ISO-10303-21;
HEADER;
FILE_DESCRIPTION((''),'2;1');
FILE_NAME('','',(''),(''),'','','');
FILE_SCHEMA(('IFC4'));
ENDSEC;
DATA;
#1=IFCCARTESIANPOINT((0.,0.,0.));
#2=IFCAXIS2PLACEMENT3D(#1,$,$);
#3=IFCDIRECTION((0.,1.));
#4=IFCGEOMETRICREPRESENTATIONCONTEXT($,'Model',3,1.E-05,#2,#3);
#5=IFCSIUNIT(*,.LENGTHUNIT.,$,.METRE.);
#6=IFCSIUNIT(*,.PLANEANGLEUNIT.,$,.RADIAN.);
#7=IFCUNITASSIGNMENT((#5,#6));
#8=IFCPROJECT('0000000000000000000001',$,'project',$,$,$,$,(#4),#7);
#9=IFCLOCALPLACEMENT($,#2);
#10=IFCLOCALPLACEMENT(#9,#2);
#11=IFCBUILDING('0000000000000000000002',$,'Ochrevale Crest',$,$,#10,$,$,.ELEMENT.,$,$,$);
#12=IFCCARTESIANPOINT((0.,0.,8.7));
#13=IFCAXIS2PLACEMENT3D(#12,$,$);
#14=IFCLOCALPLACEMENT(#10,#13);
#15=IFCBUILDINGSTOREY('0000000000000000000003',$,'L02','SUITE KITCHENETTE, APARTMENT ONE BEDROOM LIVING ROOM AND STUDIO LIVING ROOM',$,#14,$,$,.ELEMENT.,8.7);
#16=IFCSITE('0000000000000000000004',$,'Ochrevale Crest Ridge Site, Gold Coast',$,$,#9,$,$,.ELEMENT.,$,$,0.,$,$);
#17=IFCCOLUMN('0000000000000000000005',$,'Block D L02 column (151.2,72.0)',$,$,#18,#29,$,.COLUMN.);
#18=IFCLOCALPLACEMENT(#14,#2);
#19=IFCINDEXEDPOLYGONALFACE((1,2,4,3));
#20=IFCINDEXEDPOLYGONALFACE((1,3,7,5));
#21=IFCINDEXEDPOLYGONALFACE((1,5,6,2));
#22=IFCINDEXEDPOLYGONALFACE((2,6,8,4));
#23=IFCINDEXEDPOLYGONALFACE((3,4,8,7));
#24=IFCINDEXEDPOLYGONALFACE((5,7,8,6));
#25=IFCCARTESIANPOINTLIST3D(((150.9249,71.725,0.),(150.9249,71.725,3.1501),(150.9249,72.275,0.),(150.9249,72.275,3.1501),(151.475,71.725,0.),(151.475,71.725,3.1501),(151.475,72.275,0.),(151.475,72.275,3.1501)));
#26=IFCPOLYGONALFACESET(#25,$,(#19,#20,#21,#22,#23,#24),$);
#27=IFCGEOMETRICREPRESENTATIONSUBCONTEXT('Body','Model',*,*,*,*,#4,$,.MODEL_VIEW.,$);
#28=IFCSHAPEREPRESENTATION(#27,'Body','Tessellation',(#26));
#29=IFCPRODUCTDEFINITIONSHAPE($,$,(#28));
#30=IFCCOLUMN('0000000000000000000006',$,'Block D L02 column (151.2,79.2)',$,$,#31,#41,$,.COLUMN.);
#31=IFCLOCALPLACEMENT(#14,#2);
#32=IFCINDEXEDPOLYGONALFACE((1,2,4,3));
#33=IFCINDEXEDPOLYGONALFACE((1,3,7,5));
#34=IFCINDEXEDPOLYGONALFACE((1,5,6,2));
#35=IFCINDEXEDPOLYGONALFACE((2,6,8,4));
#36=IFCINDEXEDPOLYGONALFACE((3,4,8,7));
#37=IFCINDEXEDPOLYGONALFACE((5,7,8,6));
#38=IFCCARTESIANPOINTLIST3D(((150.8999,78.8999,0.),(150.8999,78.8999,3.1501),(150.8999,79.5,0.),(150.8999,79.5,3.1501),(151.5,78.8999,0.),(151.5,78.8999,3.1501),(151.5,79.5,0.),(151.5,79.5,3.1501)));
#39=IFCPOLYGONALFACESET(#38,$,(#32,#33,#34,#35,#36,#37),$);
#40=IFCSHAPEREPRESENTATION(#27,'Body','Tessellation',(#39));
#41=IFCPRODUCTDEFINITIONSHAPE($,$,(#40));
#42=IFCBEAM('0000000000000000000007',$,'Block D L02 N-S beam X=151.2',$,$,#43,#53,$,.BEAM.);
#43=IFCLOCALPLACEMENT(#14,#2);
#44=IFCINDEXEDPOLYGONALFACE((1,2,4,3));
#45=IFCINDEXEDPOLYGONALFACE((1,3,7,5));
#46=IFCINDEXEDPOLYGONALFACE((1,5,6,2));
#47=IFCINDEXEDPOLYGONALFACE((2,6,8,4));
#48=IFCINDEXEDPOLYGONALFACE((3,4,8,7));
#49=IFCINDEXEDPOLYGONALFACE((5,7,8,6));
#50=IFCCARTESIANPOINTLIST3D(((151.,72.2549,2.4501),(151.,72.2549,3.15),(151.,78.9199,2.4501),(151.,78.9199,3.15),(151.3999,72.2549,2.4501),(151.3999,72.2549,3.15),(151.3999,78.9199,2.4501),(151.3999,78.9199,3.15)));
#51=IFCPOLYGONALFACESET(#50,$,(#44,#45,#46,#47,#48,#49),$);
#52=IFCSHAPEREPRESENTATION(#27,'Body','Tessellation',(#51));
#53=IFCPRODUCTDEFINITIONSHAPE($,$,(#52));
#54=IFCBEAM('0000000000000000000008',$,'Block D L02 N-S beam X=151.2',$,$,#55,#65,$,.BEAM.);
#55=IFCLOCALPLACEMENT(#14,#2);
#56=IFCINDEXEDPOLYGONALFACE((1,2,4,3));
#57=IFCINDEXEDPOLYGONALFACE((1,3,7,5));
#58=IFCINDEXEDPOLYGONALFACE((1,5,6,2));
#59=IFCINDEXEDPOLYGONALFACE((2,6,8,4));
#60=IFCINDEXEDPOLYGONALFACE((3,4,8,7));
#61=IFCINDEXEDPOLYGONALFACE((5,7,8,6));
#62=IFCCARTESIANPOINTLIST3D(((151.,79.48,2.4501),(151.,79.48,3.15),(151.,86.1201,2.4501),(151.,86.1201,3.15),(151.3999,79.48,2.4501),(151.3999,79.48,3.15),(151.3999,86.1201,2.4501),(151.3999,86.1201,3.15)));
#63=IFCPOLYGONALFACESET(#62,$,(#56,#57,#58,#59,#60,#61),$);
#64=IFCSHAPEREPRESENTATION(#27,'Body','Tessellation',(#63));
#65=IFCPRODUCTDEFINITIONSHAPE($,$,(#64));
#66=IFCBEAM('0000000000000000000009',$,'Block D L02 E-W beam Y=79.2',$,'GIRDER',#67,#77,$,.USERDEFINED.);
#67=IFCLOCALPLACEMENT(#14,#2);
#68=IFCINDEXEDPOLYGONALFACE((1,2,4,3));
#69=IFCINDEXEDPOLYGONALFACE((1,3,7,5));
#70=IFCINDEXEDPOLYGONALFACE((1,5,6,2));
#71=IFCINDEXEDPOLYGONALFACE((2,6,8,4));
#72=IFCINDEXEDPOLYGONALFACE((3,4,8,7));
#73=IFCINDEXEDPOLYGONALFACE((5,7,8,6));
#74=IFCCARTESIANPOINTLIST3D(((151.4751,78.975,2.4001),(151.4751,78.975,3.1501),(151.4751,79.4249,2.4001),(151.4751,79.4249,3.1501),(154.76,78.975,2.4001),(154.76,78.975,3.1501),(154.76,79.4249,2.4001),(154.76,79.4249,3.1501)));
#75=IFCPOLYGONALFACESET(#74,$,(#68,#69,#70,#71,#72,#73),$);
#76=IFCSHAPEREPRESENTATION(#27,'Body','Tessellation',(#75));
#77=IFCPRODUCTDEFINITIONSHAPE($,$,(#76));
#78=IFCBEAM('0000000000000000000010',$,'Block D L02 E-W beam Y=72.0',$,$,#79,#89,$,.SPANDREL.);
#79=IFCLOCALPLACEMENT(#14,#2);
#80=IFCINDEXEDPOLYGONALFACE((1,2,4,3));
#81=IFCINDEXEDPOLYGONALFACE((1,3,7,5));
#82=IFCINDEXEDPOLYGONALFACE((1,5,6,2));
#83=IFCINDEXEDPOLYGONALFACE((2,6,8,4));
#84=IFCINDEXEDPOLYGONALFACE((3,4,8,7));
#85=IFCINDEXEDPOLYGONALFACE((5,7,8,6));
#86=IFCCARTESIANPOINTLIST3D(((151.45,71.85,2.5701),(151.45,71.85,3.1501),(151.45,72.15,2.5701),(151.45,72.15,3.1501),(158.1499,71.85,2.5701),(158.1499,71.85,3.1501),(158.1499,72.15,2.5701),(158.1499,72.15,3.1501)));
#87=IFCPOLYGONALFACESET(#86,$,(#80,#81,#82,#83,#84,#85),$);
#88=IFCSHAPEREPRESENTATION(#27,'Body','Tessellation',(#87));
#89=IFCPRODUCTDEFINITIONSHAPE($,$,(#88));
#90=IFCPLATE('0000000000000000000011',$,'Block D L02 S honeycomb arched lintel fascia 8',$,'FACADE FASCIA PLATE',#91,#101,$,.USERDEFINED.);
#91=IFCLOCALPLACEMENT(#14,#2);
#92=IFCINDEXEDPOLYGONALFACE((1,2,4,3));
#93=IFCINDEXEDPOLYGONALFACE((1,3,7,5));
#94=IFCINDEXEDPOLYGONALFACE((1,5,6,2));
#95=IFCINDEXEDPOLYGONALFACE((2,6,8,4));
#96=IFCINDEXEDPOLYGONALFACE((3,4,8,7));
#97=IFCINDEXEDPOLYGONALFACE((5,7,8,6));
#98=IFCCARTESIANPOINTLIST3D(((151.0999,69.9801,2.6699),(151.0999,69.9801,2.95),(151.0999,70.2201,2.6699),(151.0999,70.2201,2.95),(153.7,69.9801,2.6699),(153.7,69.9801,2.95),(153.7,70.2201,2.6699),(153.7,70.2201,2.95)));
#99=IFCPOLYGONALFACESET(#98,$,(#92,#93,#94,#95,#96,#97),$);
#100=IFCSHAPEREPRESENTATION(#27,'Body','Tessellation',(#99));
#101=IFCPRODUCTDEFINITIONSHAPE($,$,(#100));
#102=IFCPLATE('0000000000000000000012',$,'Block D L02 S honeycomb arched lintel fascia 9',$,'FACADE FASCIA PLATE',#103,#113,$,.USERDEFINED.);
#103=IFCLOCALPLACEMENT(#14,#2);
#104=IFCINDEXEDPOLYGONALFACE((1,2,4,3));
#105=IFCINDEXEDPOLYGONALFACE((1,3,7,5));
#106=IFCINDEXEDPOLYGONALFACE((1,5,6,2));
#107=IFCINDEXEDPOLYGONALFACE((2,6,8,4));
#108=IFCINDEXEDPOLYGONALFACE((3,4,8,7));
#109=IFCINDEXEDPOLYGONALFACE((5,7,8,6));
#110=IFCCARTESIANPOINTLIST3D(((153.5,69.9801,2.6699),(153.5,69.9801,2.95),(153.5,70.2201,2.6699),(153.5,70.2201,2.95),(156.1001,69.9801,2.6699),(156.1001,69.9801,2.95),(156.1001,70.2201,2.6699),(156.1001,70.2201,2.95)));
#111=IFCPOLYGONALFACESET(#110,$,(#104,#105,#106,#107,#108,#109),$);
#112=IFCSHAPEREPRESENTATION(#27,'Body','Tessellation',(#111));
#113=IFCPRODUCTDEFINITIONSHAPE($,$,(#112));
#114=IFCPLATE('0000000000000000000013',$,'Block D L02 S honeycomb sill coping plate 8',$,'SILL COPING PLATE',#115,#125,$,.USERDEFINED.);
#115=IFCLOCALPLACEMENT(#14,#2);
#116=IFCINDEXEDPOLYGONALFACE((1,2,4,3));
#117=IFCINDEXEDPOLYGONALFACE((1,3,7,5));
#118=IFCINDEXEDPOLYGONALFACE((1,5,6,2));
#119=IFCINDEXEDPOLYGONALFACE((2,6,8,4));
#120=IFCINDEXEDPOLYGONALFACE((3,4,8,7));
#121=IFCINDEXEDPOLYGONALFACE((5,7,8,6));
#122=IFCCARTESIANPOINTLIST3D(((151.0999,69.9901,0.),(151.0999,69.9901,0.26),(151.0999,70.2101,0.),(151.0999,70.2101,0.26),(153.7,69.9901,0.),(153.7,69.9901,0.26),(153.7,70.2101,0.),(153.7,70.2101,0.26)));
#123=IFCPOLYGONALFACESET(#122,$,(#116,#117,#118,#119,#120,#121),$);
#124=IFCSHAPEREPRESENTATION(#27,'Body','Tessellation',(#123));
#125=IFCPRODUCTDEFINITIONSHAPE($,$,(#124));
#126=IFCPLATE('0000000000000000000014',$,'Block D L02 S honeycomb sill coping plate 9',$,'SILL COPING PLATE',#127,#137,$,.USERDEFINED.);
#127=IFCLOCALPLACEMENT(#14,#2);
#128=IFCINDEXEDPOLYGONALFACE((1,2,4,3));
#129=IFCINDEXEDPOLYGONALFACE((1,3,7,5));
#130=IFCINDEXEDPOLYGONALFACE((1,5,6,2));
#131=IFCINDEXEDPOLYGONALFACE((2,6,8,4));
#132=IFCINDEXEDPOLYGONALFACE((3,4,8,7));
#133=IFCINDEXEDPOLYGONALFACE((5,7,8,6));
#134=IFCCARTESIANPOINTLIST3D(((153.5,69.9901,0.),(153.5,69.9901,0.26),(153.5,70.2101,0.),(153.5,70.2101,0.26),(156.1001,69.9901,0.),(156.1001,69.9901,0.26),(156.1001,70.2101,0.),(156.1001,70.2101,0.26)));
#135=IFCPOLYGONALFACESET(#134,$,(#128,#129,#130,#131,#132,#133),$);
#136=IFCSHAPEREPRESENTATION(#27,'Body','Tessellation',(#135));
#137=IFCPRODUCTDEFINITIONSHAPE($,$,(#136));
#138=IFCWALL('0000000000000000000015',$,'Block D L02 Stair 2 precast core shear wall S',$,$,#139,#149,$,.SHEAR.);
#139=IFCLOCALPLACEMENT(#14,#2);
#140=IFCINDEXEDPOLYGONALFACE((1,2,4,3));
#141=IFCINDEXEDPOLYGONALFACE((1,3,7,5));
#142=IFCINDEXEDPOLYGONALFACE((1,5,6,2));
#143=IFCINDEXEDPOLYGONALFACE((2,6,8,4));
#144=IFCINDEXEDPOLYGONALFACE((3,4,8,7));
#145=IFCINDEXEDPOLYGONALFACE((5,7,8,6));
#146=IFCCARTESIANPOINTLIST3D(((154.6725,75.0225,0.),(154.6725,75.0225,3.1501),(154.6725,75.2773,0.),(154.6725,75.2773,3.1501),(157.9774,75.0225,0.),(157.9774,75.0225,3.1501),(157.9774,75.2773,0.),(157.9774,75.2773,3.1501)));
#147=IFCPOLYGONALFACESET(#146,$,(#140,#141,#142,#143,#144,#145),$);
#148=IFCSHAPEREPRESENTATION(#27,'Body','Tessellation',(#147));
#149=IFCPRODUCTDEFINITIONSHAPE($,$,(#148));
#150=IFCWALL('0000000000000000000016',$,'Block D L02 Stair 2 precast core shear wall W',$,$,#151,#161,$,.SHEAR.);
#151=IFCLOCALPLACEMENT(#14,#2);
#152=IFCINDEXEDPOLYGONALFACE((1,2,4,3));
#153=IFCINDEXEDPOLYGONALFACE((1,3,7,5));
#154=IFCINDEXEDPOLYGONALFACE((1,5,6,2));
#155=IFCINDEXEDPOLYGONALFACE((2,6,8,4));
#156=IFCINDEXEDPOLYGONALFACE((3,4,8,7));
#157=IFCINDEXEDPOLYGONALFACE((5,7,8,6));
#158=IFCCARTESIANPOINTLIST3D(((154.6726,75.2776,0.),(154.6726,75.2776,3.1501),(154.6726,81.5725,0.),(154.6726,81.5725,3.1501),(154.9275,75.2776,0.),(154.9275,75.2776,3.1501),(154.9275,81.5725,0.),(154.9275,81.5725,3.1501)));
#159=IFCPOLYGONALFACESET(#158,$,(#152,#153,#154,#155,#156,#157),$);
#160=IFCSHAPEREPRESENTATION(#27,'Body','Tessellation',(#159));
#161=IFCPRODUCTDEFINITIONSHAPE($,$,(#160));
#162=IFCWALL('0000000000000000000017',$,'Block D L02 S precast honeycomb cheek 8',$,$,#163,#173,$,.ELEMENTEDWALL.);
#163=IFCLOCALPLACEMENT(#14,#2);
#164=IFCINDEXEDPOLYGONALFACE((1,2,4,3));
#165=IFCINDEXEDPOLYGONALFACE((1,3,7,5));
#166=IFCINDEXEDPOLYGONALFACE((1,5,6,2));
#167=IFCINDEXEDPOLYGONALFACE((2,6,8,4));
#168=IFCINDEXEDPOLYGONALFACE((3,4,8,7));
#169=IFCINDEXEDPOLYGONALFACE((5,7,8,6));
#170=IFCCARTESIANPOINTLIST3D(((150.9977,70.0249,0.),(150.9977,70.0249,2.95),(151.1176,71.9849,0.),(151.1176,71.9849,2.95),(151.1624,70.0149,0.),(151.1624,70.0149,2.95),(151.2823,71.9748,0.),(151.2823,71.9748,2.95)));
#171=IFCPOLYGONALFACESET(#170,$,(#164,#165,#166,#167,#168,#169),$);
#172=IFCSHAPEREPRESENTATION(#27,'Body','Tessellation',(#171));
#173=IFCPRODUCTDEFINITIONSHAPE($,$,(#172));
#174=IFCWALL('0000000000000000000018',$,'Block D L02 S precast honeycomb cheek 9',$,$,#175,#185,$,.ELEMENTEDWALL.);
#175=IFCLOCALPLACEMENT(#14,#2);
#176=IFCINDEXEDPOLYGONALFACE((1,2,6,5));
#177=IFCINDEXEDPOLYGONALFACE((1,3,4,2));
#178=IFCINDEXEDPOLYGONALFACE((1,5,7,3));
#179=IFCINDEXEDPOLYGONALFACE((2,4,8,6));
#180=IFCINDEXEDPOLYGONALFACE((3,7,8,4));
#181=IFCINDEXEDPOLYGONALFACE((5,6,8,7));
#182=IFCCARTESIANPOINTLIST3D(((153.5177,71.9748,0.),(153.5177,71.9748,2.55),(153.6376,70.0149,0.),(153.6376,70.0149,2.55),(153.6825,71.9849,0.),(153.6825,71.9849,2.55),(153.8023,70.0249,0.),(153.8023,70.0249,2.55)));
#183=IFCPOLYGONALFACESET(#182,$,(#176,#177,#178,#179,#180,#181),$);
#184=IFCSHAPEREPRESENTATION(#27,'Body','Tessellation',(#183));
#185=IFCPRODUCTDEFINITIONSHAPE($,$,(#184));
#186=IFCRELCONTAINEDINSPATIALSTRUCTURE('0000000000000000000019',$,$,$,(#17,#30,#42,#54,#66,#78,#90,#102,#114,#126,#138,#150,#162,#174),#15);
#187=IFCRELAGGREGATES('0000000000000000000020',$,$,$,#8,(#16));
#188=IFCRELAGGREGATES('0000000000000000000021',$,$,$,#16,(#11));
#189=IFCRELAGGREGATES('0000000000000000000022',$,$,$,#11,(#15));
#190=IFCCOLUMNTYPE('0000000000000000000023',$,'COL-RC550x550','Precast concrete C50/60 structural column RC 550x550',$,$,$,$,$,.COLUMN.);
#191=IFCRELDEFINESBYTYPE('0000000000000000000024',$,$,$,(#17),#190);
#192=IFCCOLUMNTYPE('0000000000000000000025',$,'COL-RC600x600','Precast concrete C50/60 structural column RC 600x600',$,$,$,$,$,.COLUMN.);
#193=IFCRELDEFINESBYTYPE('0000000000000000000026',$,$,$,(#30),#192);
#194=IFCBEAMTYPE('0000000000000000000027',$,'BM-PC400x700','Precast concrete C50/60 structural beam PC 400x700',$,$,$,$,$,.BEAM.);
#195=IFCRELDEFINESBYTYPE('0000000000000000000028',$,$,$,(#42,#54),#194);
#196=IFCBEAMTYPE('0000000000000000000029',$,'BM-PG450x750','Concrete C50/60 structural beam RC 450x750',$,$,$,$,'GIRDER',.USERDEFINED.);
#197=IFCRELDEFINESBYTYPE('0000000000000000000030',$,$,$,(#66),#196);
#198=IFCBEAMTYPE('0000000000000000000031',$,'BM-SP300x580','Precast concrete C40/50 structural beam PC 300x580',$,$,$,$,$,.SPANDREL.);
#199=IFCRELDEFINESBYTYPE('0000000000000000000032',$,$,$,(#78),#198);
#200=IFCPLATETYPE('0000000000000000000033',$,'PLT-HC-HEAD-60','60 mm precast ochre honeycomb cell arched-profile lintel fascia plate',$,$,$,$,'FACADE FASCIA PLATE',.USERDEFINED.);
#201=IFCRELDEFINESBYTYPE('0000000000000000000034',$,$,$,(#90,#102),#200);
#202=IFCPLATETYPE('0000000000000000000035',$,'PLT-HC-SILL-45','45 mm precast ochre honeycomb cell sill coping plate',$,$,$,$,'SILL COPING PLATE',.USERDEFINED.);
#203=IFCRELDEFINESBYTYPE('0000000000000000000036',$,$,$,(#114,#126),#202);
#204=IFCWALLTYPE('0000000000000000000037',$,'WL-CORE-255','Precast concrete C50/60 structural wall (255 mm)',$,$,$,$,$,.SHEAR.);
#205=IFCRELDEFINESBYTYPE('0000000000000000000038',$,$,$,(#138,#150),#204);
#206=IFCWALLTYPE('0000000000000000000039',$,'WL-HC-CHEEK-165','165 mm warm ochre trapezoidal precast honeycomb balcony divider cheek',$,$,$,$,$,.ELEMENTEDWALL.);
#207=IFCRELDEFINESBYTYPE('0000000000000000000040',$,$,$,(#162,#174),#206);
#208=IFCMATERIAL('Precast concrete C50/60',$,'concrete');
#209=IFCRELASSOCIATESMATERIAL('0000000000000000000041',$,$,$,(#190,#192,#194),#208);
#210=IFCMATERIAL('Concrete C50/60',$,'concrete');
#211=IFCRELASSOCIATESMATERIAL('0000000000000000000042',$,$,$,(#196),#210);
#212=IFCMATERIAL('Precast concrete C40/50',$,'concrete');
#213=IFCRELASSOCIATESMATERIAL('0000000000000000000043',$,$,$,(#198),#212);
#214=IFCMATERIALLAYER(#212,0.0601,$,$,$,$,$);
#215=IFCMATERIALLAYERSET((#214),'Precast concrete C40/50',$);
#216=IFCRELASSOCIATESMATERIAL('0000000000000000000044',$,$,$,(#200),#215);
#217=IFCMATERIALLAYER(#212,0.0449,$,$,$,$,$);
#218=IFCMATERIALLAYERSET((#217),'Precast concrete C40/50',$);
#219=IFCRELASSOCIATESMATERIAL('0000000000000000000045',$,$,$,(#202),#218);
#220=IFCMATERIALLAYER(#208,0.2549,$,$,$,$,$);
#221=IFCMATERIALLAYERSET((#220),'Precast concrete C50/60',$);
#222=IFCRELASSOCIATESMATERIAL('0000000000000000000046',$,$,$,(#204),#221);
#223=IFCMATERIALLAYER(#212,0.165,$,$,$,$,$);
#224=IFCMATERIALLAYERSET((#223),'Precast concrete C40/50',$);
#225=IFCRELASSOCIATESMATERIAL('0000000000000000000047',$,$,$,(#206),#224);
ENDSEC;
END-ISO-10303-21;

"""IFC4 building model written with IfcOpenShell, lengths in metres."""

from ifc_helpers import new_model, si_unit, direction, frame, frame_2d, origin, origin_2d, place, context, subcontext, project, spatial, rectangle, extrude, material, layer, layer_set, material_profile, profile_set, type_object, element, save


model = new_model("IFC4")

# Units and contexts
model_context = context("Model", 3, precision=1e-05, world=origin(), true_north=direction((0.0, 1.0)))
body_context = subcontext(model_context, "Body", "Model", "MODEL_VIEW")
ifc_project = project(units=[si_unit("LENGTHUNIT", "METRE"), si_unit("PLANEANGLEUNIT", "RADIAN")], contexts=[model_context])

# Site, building, storey
site_placement = place(None, origin())
site = spatial("IfcSite", under=ifc_project, at=site_placement, Name="Ochrevale Crest Ridge Site, Gold Coast", CompositionType="ELEMENT", RefElevation=0.0)
building_placement = place(site_placement, origin())
building = spatial("IfcBuilding", under=site, at=building_placement, Name="Ochrevale Crest", CompositionType="ELEMENT")
storey_placement = place(building_placement, frame((0.0, 0.0, 8.7)))
storey = spatial("IfcBuildingStorey", under=building, at=storey_placement, Name="L02", Description="SUITE KITCHENETTE, APARTMENT ONE BEDROOM LIVING ROOM AND STUDIO LIVING ROOM", CompositionType="ELEMENT", Elevation=8.7)

# Columns
ifc_material_1 = material(Name="Precast concrete C50/60", Category="concrete")
ifc_material_profile_1 = material_profile(ifc_material_1, rectangle(XDim=0.55, YDim=0.55, at=origin_2d()), Name="RC 550x550")
ifc_profile_set_1 = profile_set([ifc_material_profile_1], Name="Precast concrete C50/60")
column_type_1 = type_object("IfcColumnType", Name="COL-RC550x550", Description="Precast concrete C50/60 structural column RC 550x550", PredefinedType="COLUMN", material=ifc_profile_set_1)
column_1_placement = place(storey_placement, frame((151.2, 72.0, 0.0), z_axis=(0.0, 0.0, 1.0), x_axis=(1.0, 0.0, 0.0)))
element("IfcColumn", 1, at=column_1_placement, inside=storey, type_object=column_type_1, Name="Block D L02 column (151.2,72.0)", PredefinedType="COLUMN", context=body_context, shape_type="SweptSolid", body=[
    extrude(rectangle(XDim=0.55, YDim=0.55, at=origin_2d()), origin(), (0.0, 0.0, 1.0), 3.1501),
])
ifc_material_profile_2 = material_profile(ifc_material_1, rectangle(XDim=0.6001, YDim=0.6001, at=origin_2d()), Name="RC 600x600")
ifc_profile_set_2 = profile_set([ifc_material_profile_2], Name="Precast concrete C50/60")
column_type_2 = type_object("IfcColumnType", Name="COL-RC600x600", Description="Precast concrete C50/60 structural column RC 600x600", PredefinedType="COLUMN", material=ifc_profile_set_2)
column_2_placement = place(storey_placement, frame((151.2, 79.2, 0.0), z_axis=(0.0, 0.0, 1.0), x_axis=(1.0, 0.0, 0.0)))
element("IfcColumn", 2, at=column_2_placement, inside=storey, type_object=column_type_2, Name="Block D L02 column (151.2,79.2)", PredefinedType="COLUMN", context=body_context, shape_type="SweptSolid", body=[
    extrude(rectangle(XDim=0.6001, YDim=0.6001, at=origin_2d()), origin(), (0.0, 0.0, 1.0), 3.1501),
])

# Beams
ifc_material_profile_3 = material_profile(ifc_material_1, rectangle(XDim=0.3999, YDim=0.7, at=origin_2d()), Name="PC 400x700")
ifc_profile_set_3 = profile_set([ifc_material_profile_3], Name="Precast concrete C50/60")
beam_type_1 = type_object("IfcBeamType", Name="BM-PC400x700", Description="Precast concrete C50/60 structural beam PC 400x700", PredefinedType="BEAM", material=ifc_profile_set_3)
beam_1_placement = place(storey_placement, frame((151.2, 72.2549, 2.8), z_axis=(0.0, 1.0, 0.0), x_axis=(-1.0, 0.0, 0.0)))
element("IfcBeam", 3, at=beam_1_placement, inside=storey, type_object=beam_type_1, Name="Block D L02 N-S beam X=151.2", PredefinedType="BEAM", context=body_context, shape_type="SweptSolid", body=[
    extrude(rectangle(XDim=0.3999, YDim=0.7, at=origin_2d()), origin(), (0.0, 0.0, 1.0), 6.665),
])
beam_2_placement = place(storey_placement, frame((151.2, 79.48, 2.8), z_axis=(0.0, 1.0, 0.0), x_axis=(-1.0, 0.0, 0.0)))
element("IfcBeam", 4, at=beam_2_placement, inside=storey, type_object=beam_type_1, Name="Block D L02 N-S beam X=151.2", PredefinedType="BEAM", context=body_context, shape_type="SweptSolid", body=[
    extrude(rectangle(XDim=0.3999, YDim=0.7, at=origin_2d()), origin(), (0.0, 0.0, 1.0), 6.6401),
])
ifc_material_2 = material(Name="Concrete C50/60", Category="concrete")
ifc_material_profile_4 = material_profile(ifc_material_2, rectangle(XDim=0.45, YDim=0.75, at=origin_2d()), Name="RC 450x750")
ifc_profile_set_4 = profile_set([ifc_material_profile_4], Name="Concrete C50/60")
beam_type_2 = type_object("IfcBeamType", Name="BM-PG450x750", Description="Concrete C50/60 structural beam RC 450x750", ElementType="GIRDER", PredefinedType="USERDEFINED", material=ifc_profile_set_4)
beam_3_placement = place(storey_placement, frame((151.4751, 79.2, 2.7751), z_axis=(1.0, 0.0, 0.0), x_axis=(0.0, 1.0, 0.0)))
element("IfcBeam", 5, at=beam_3_placement, inside=storey, type_object=beam_type_2, Name="Block D L02 E-W beam Y=79.2", ObjectType="GIRDER", PredefinedType="USERDEFINED", context=body_context, shape_type="SweptSolid", body=[
    extrude(rectangle(XDim=0.45, YDim=0.75, at=origin_2d()), origin(), (0.0, 0.0, 1.0), 3.2849),
])
ifc_material_3 = material(Name="Precast concrete C40/50", Category="concrete")
ifc_material_profile_5 = material_profile(ifc_material_3, rectangle(XDim=0.3, YDim=0.5801, at=origin_2d()), Name="PC 300x580")
ifc_profile_set_5 = profile_set([ifc_material_profile_5], Name="Precast concrete C40/50")
beam_type_3 = type_object("IfcBeamType", Name="BM-SP300x580", Description="Precast concrete C40/50 structural beam PC 300x580", PredefinedType="SPANDREL", material=ifc_profile_set_5)
beam_4_placement = place(storey_placement, frame((151.45, 72.0, 2.8601), z_axis=(1.0, 0.0, 0.0), x_axis=(0.0, 1.0, 0.0)))
element("IfcBeam", 6, at=beam_4_placement, inside=storey, type_object=beam_type_3, Name="Block D L02 E-W beam Y=72.0", PredefinedType="SPANDREL", context=body_context, shape_type="SweptSolid", body=[
    extrude(rectangle(XDim=0.3, YDim=0.5801, at=origin_2d()), origin(), (0.0, 0.0, 1.0), 6.7),
])

# Plates
ifc_layer_1 = layer(ifc_material_3, 0.0601)
ifc_layer_set_1 = layer_set([ifc_layer_1], Name="Precast concrete C40/50")
plate_type_1 = type_object("IfcPlateType", Name="PLT-HC-HEAD-60", Description="60 mm precast ochre honeycomb cell arched-profile lintel fascia plate", ElementType="FACADE FASCIA PLATE", PredefinedType="USERDEFINED", material=ifc_layer_set_1)
for number, where, z_axis, x_axis, name in (
    (7, (152.3999, 70.1001, 2.6699), (0.0, 0.0, 1.0), (1.0, 0.0, 0.0), "Block D L02 S honeycomb arched lintel fascia 8"),
    (8, (154.8, 70.1001, 2.6699), (0.0, 0.0, 1.0), (1.0, 0.0, 0.0), "Block D L02 S honeycomb arched lintel fascia 9"),
):
    element("IfcPlate", number, at=place(storey_placement, frame(where, z_axis=z_axis, x_axis=x_axis)), inside=storey, type_object=plate_type_1, Name=name, ObjectType="FACADE FASCIA PLATE", PredefinedType="USERDEFINED", context=body_context, shape_type="SweptSolid", body=[
        extrude(rectangle(XDim=2.6001, YDim=0.24, at=origin_2d()), origin(), (0.0, 0.0, 1.0), 0.28),
    ])
ifc_layer_2 = layer(ifc_material_3, 0.0449)
ifc_layer_set_2 = layer_set([ifc_layer_2], Name="Precast concrete C40/50")
plate_type_2 = type_object("IfcPlateType", Name="PLT-HC-SILL-45", Description="45 mm precast ochre honeycomb cell sill coping plate", ElementType="SILL COPING PLATE", PredefinedType="USERDEFINED", material=ifc_layer_set_2)
for number, where, z_axis, x_axis, name in (
    (9, (152.3999, 70.1001, 0.0), (0.0, 0.0, 1.0), (1.0, 0.0, 0.0), "Block D L02 S honeycomb sill coping plate 8"),
    (10, (154.8, 70.1001, 0.0), (0.0, 0.0, 1.0), (1.0, 0.0, 0.0), "Block D L02 S honeycomb sill coping plate 9"),
):
    element("IfcPlate", number, at=place(storey_placement, frame(where, z_axis=z_axis, x_axis=x_axis)), inside=storey, type_object=plate_type_2, Name=name, ObjectType="SILL COPING PLATE", PredefinedType="USERDEFINED", context=body_context, shape_type="SweptSolid", body=[
        extrude(rectangle(XDim=2.6001, YDim=0.22, at=origin_2d()), origin(), (0.0, 0.0, 1.0), 0.26),
    ])

# Walls
ifc_layer_3 = layer(ifc_material_1, 0.2549)
ifc_layer_set_3 = layer_set([ifc_layer_3], Name="Precast concrete C50/60")
wall_type_1 = type_object("IfcWallType", Name="WL-CORE-255", Description="Precast concrete C50/60 structural wall (255 mm)", PredefinedType="SHEAR", material=ifc_layer_set_3)
wall_1_placement = place(storey_placement, frame((154.6726, 75.1499, 0.0), z_axis=(0.0, 0.0, 1.0), x_axis=(1.0, 0.0, 0.0)))
element("IfcWall", 11, at=wall_1_placement, inside=storey, type_object=wall_type_1, Name="Block D L02 Stair 2 precast core shear wall S", PredefinedType="SHEAR", context=body_context, shape_type="SweptSolid", body=[
    extrude(rectangle(XDim=3.3049, YDim=0.2549, at=frame_2d((1.6523, 0.0))), origin(), (0.0, 0.0, 1.0), 3.1501),
])
wall_2_placement = place(storey_placement, frame((154.8, 75.2776, 0.0), z_axis=(0.0, 0.0, 1.0), x_axis=(0.0, 1.0, 0.0)))
element("IfcWall", 12, at=wall_2_placement, inside=storey, type_object=wall_type_1, Name="Block D L02 Stair 2 precast core shear wall W", PredefinedType="SHEAR", context=body_context, shape_type="SweptSolid", body=[
    extrude(rectangle(XDim=6.2949, YDim=0.2549, at=frame_2d((3.1475, 0.0))), origin(), (0.0, 0.0, 1.0), 3.1501),
])
ifc_layer_4 = layer(ifc_material_3, 0.165)
ifc_layer_set_4 = layer_set([ifc_layer_4], Name="Precast concrete C40/50")
wall_type_2 = type_object("IfcWallType", Name="WL-HC-CHEEK-165", Description="165 mm warm ochre trapezoidal precast honeycomb balcony divider cheek", PredefinedType="ELEMENTEDWALL", material=ifc_layer_set_4)
wall_3_placement = place(storey_placement, frame((151.2, 71.98, 0.0), z_axis=(0.0, 0.0, 1.0), x_axis=(-0.061047, -0.998135, 0.0)))
element("IfcWall", 13, at=wall_3_placement, inside=storey, type_object=wall_type_2, Name="Block D L02 S precast honeycomb cheek 8", PredefinedType="ELEMENTEDWALL", context=body_context, shape_type="SweptSolid", body=[
    extrude(rectangle(XDim=1.9636, YDim=0.165, at=frame_2d((0.9819, 0.0))), origin(), (0.0, 0.0, 1.0), 2.95),
])
for number, where, z_axis, x_axis, name in (
    (14, (153.6001, 71.98, 0.0), (0.0, 0.0, 1.0), (0.061047, -0.998135, 0.0), "Block D L02 S precast honeycomb cheek 9"),
):
    element("IfcWall", number, at=place(storey_placement, frame(where, z_axis=z_axis, x_axis=x_axis)), inside=storey, type_object=wall_type_2, Name=name, PredefinedType="ELEMENTEDWALL", context=body_context, shape_type="SweptSolid", body=[
        extrude(rectangle(XDim=1.9636, YDim=0.165, at=frame_2d((0.9819, 0.0))), origin(), (0.0, 0.0, 1.0), 2.55),
    ])

save(model, "model.ifc")
